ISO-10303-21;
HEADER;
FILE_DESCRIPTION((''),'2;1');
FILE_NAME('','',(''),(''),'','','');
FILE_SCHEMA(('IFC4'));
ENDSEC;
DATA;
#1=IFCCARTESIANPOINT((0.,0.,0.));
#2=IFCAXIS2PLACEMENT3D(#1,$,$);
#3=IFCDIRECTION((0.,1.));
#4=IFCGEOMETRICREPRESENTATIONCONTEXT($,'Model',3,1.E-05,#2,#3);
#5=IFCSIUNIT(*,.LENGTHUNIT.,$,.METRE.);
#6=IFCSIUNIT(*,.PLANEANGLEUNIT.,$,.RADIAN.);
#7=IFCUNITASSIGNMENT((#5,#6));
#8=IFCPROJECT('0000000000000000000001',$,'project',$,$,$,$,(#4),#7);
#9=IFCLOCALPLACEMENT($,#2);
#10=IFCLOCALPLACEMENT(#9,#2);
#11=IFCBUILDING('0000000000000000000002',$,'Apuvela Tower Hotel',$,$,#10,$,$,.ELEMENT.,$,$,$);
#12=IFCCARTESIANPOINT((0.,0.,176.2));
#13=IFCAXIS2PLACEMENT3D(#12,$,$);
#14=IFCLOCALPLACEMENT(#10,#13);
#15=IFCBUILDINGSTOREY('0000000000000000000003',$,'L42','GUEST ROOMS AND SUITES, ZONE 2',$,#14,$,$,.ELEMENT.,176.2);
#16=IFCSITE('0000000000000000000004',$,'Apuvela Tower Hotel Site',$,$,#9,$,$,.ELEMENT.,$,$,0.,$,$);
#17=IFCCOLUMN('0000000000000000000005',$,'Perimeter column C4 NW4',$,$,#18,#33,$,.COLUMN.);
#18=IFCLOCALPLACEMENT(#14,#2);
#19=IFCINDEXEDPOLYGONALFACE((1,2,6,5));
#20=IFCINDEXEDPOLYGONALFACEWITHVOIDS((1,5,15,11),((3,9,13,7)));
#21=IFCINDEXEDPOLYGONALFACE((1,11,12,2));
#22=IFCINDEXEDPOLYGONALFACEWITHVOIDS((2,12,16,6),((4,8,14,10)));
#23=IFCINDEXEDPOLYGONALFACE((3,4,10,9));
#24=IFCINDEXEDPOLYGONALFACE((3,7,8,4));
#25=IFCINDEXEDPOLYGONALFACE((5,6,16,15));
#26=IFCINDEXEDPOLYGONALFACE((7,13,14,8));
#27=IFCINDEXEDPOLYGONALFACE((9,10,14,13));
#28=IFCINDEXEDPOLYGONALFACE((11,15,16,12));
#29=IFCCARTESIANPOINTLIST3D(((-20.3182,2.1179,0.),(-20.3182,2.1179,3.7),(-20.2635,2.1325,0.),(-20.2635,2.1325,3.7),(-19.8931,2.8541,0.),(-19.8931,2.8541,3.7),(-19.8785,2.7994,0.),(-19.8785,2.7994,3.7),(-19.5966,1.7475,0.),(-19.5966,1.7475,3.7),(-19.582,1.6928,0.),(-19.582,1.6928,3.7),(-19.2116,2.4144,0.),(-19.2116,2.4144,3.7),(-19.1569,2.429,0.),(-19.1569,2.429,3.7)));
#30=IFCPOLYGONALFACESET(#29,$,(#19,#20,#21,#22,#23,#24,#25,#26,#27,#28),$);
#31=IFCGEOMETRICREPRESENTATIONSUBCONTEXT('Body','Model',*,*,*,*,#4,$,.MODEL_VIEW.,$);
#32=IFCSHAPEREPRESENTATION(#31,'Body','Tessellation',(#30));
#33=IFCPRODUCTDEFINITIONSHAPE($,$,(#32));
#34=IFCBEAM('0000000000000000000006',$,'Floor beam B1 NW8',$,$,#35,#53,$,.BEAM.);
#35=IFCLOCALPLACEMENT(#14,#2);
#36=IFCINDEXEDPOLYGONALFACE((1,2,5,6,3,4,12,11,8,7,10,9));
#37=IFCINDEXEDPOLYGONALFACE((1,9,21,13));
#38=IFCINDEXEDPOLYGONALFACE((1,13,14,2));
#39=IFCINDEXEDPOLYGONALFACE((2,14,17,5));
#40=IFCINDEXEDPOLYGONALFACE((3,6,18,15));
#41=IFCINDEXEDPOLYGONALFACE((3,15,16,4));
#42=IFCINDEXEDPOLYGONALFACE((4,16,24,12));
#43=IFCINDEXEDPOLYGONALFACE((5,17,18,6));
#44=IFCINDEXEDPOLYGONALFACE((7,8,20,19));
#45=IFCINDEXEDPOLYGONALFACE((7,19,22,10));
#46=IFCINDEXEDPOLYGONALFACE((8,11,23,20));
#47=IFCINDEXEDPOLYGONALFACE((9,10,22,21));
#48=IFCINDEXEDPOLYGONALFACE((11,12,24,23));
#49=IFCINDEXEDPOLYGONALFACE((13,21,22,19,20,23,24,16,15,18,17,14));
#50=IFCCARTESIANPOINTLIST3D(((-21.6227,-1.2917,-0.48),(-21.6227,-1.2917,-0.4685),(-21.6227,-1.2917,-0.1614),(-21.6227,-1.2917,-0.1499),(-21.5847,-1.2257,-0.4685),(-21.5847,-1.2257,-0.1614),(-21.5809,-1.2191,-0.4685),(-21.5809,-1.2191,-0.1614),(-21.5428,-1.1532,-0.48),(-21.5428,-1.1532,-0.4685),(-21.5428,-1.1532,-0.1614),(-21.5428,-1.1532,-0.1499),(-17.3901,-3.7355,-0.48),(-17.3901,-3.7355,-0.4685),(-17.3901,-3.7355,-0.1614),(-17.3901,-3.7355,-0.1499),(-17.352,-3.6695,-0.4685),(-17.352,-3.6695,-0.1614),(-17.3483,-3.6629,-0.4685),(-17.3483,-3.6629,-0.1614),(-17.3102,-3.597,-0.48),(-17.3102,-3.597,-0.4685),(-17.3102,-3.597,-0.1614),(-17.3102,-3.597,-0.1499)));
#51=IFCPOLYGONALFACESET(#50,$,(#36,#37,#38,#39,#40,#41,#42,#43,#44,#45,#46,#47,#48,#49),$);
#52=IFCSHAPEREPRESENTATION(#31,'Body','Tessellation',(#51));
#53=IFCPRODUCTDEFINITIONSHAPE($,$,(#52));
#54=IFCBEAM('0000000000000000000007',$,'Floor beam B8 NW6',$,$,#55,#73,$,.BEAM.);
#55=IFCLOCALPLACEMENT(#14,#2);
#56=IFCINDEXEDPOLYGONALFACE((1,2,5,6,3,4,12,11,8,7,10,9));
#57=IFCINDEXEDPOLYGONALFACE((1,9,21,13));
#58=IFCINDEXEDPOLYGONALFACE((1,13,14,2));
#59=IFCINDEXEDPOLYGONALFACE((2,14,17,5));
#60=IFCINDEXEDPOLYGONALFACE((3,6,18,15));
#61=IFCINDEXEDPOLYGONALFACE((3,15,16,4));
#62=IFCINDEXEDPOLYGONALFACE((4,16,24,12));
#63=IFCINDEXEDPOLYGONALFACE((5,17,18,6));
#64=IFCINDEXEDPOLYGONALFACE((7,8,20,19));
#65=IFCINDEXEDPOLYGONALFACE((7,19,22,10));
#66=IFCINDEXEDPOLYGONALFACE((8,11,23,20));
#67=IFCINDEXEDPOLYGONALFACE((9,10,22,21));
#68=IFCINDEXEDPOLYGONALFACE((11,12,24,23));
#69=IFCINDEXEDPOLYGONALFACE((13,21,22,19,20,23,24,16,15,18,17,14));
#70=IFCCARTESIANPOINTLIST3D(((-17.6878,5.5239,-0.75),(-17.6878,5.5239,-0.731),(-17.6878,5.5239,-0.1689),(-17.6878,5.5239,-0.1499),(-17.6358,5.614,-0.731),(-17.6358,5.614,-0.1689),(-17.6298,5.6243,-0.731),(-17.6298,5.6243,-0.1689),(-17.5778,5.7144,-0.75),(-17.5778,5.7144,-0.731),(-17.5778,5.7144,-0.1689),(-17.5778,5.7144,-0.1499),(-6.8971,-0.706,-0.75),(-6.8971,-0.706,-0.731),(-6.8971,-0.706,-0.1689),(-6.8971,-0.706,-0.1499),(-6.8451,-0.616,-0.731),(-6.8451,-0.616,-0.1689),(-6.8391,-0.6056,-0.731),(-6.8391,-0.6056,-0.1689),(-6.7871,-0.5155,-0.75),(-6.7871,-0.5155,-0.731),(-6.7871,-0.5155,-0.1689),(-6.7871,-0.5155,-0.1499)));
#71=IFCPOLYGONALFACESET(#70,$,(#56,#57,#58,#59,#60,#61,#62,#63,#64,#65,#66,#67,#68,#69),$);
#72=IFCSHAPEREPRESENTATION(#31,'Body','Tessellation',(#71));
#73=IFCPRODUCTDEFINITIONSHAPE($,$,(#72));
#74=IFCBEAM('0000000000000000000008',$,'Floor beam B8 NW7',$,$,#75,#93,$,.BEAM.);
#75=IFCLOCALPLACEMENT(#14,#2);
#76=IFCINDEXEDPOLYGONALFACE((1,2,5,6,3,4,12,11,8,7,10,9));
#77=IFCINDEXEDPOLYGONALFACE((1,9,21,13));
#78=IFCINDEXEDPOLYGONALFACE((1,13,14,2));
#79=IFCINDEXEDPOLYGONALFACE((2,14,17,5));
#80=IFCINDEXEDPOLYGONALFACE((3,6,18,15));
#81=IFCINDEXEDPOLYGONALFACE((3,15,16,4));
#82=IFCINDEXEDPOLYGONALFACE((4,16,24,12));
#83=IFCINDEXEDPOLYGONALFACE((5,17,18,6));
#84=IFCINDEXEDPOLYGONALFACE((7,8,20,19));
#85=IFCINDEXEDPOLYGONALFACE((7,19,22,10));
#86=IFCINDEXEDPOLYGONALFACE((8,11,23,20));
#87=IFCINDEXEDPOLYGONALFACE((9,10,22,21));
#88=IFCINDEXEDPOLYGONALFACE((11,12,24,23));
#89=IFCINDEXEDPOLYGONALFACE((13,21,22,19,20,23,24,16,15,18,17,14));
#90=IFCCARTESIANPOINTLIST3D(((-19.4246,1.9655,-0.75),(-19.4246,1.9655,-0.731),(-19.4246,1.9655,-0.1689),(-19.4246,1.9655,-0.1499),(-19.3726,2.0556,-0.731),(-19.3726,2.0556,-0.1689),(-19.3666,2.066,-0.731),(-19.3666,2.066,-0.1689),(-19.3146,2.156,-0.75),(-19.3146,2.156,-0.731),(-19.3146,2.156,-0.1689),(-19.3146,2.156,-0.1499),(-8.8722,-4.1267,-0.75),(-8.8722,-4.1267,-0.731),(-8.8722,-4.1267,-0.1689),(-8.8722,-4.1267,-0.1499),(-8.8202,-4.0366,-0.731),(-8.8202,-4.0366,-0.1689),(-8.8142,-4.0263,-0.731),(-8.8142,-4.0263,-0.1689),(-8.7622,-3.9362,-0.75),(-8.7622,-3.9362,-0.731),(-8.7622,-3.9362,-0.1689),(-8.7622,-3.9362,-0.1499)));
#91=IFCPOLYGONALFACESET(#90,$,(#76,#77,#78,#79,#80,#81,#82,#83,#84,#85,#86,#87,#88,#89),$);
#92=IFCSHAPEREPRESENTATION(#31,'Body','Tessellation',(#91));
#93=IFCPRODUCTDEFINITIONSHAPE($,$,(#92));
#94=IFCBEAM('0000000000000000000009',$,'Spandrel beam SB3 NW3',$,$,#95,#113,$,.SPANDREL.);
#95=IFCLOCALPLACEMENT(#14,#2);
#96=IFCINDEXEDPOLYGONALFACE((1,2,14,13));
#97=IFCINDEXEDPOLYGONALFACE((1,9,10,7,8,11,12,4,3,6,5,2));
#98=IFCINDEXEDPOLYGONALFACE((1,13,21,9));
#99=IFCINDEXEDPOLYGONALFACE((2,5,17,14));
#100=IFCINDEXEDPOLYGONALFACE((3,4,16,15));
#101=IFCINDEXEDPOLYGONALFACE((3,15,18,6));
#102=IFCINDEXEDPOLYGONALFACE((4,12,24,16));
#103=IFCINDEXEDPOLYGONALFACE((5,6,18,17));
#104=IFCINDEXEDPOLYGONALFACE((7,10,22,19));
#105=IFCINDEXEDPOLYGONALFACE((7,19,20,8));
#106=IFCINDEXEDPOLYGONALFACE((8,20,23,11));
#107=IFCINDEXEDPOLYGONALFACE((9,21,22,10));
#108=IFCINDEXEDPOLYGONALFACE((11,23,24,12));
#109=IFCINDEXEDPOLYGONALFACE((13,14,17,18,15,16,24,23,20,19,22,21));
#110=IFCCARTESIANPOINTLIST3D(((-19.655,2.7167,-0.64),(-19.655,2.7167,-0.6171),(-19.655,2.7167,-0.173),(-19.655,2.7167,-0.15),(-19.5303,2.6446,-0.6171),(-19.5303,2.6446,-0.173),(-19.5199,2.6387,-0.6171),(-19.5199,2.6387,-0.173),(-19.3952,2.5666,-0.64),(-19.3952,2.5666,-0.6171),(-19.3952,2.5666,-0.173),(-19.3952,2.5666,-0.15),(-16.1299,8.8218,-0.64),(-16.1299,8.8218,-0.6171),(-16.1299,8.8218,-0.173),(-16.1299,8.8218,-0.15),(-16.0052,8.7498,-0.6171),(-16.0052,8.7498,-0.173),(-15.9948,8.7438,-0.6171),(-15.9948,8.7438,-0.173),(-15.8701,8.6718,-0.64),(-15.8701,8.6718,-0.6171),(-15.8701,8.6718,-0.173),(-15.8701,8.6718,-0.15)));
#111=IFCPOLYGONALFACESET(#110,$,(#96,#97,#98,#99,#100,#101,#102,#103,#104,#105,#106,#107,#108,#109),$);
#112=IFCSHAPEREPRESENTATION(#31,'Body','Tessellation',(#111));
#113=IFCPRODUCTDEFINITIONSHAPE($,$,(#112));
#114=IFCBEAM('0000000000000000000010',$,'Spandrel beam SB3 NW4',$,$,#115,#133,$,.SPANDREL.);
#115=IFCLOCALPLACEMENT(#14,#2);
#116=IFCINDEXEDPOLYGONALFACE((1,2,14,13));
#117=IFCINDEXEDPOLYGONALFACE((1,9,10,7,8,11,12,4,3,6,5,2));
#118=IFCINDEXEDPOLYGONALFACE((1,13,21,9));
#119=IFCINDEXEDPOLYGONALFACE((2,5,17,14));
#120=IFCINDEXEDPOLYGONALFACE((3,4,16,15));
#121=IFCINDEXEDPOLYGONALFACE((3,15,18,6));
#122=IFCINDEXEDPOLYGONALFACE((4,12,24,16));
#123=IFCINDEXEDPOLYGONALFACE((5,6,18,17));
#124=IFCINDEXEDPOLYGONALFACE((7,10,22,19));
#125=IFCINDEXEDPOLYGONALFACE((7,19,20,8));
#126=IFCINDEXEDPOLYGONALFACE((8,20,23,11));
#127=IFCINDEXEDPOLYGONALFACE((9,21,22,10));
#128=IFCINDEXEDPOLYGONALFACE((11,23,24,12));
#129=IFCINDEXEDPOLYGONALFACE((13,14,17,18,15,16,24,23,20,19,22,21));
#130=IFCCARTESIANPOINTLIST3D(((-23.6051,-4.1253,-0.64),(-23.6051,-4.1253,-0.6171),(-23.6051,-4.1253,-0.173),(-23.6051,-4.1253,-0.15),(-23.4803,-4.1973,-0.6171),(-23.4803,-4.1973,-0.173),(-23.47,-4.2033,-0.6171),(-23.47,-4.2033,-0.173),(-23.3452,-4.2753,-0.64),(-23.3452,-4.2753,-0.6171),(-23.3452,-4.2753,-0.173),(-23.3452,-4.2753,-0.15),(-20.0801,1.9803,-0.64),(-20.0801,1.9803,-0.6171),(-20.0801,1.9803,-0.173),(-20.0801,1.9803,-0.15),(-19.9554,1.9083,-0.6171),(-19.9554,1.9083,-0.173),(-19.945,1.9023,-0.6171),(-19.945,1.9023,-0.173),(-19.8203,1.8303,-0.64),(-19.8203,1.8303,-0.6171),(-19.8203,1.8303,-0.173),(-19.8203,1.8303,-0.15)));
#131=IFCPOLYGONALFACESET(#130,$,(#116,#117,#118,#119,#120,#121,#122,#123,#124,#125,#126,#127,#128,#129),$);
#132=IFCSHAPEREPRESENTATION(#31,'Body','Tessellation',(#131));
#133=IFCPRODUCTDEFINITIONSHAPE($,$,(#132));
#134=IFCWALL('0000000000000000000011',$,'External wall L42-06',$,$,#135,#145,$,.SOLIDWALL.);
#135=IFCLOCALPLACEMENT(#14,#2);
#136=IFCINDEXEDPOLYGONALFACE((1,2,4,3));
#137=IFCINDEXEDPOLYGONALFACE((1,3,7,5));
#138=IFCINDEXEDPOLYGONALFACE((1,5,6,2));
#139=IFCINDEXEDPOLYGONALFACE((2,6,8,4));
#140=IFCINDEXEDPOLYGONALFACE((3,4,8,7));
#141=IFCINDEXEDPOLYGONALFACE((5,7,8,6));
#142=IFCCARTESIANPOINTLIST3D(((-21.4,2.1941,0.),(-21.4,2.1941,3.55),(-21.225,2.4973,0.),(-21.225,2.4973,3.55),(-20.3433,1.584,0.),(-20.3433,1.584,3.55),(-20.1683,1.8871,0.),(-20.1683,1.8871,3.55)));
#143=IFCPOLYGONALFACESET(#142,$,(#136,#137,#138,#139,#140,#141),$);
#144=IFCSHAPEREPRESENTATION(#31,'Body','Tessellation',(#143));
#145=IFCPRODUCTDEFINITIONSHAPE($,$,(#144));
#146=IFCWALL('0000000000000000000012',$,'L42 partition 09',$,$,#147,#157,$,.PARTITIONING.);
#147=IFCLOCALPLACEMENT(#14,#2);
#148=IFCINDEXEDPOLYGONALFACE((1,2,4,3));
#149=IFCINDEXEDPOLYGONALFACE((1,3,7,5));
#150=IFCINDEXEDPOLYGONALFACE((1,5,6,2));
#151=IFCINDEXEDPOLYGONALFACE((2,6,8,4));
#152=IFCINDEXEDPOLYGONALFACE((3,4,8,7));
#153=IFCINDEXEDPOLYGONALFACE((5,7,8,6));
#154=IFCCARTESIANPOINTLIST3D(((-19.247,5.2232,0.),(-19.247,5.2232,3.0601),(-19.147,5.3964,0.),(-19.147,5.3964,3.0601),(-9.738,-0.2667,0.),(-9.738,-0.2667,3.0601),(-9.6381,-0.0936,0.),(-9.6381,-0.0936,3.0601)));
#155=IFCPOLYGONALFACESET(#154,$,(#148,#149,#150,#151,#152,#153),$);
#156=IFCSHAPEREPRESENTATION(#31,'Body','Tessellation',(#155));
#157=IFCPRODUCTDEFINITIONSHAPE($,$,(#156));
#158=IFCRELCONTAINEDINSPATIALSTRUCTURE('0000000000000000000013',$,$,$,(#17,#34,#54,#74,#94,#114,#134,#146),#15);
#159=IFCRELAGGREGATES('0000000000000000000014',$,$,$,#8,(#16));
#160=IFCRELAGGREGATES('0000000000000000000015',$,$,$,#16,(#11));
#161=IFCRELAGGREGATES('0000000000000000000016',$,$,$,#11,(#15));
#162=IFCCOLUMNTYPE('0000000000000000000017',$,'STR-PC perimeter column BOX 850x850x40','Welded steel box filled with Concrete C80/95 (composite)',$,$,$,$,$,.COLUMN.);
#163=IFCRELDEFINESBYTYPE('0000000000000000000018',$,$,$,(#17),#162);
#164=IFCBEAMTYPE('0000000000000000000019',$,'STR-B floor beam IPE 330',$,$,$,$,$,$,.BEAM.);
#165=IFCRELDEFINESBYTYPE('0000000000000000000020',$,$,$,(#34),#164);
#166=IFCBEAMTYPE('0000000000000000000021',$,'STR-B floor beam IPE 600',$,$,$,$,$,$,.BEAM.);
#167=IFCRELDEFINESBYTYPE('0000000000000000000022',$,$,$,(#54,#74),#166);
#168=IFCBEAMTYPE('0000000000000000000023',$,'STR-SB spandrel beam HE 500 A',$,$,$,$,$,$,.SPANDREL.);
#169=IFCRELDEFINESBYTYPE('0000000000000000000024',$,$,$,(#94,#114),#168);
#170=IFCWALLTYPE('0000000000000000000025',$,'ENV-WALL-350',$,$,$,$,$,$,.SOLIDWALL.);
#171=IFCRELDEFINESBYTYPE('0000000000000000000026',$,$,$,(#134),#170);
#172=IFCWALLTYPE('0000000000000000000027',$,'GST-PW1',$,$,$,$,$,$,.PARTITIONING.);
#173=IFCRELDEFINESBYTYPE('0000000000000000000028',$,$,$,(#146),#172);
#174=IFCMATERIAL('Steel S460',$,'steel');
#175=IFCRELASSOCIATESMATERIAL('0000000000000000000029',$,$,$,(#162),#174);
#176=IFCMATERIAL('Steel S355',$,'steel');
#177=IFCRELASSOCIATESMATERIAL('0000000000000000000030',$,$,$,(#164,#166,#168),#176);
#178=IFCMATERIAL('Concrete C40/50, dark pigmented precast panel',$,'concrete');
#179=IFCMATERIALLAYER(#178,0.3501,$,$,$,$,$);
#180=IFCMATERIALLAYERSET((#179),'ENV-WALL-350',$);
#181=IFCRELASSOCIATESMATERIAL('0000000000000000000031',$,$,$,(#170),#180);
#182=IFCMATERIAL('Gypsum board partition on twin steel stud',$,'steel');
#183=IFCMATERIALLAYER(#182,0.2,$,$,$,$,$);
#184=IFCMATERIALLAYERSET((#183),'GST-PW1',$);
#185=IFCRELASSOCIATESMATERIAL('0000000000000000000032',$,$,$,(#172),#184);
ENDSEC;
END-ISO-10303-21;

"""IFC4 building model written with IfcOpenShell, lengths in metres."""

from ifc_helpers import new_model, si_unit, direction, frame, frame_2d, origin, origin_2d, place, context, subcontext, project, spatial, rectangle, hollow_rectangle, i_section, extrude, material, layer, layer_set, material_profile, profile_set, type_object, element, save


model = new_model("IFC4")

# Units and contexts
model_context = context("Model", 3, precision=1e-05, world=origin(), true_north=direction((0.0, 1.0)))
body_context = subcontext(model_context, "Body", "Model", "MODEL_VIEW")
ifc_project = project(units=[si_unit("LENGTHUNIT", "METRE"), si_unit("PLANEANGLEUNIT", "RADIAN")], contexts=[model_context])

# Site, building, storey
site_placement = place(None, origin())
site = spatial("IfcSite", under=ifc_project, at=site_placement, Name="Apuvela Tower Hotel Site", CompositionType="ELEMENT", RefElevation=0.0)
building_placement = place(site_placement, origin())
building = spatial("IfcBuilding", under=site, at=building_placement, Name="Apuvela Tower Hotel", CompositionType="ELEMENT")
storey_placement = place(building_placement, frame((0.0, 0.0, 176.2)))
storey = spatial("IfcBuildingStorey", under=building, at=storey_placement, Name="L42", Description="GUEST ROOMS AND SUITES, ZONE 2", CompositionType="ELEMENT", Elevation=176.2)

# Column
ifc_material_1 = material(Name="Steel S460", Category="steel")
ifc_material_profile_1 = material_profile(ifc_material_1, hollow_rectangle(XDim=0.8501, YDim=0.8501, WallThickness=0.04, at=origin_2d()), Name="BOX 850x850x40")
ifc_material_2 = material(Name="Concrete C80/95", Category="concrete")
ifc_material_profile_2 = material_profile(ifc_material_2, rectangle(XDim=0.77, YDim=0.77, at=origin_2d()), Name="Concrete C80/95 infill")
ifc_profile_set_1 = profile_set([ifc_material_profile_1, ifc_material_profile_2], Name="Steel S460")
column_type = type_object("IfcColumnType", Name="STR-PC perimeter column BOX 850x850x40", Description="Welded steel box filled with Concrete C80/95 (composite)", PredefinedType="COLUMN", material=ifc_profile_set_1)
column_placement = place(storey_placement, frame((-19.7375, 2.2734, 0.0), z_axis=(0.0, 0.0, 1.0), x_axis=(0.5, 0.866025, 0.0)))
element("IfcColumn", 1, at=column_placement, inside=storey, type_object=column_type, Name="Perimeter column C4 NW4", PredefinedType="COLUMN", context=body_context, shape_type="SweptSolid", body=[
    extrude(hollow_rectangle(XDim=0.8501, YDim=0.8501, WallThickness=0.04, at=origin_2d()), origin(), (0.0, 0.0, 1.0), 3.7),
])

# Beams
ifc_material_3 = material(Name="Steel S355", Category="steel")
ifc_material_profile_3 = material_profile(ifc_material_3, i_section(OverallWidth=0.1599, OverallDepth=0.3301, WebThickness=0.0076, FlangeThickness=0.0115, at=origin_2d()), Name="IPE 330")
ifc_profile_set_2 = profile_set([ifc_material_profile_3], Name="Steel S355")
beam_type_1 = type_object("IfcBeamType", Name="STR-B floor beam IPE 330", PredefinedType="BEAM", material=ifc_profile_set_2)
beam_1_placement = place(storey_placement, frame((-21.5828, -1.2224, -0.3149), z_axis=(0.866015, -0.500018, 0.0), x_axis=(0.500018, 0.866015, 0.0)))
element("IfcBeam", 2, at=beam_1_placement, inside=storey, type_object=beam_type_1, Name="Floor beam B1 NW8", PredefinedType="BEAM", context=body_context, shape_type="SweptSolid", body=[
    extrude(i_section(OverallWidth=0.1599, OverallDepth=0.3301, WebThickness=0.0076, FlangeThickness=0.0115, at=origin_2d()), origin(), (0.0, 0.0, 1.0), 4.8875),
])
ifc_material_profile_4 = material_profile(ifc_material_3, i_section(OverallWidth=0.22, OverallDepth=0.6001, WebThickness=0.012, FlangeThickness=0.019, at=origin_2d()), Name="IPE 600")
ifc_profile_set_3 = profile_set([ifc_material_profile_4], Name="Steel S355")
beam_type_2 = type_object("IfcBeamType", Name="STR-B floor beam IPE 600", PredefinedType="BEAM", material=ifc_profile_set_3)
beam_2_placement = place(storey_placement, frame((-17.6328, 5.6191, -0.45), z_axis=(0.866028, -0.499996, 0.0), x_axis=(0.499996, 0.866028, 0.0)))
element("IfcBeam", 3, at=beam_2_placement, inside=storey, type_object=beam_type_2, Name="Floor beam B8 NW6", PredefinedType="BEAM", context=body_context, shape_type="SweptSolid", body=[
    extrude(i_section(OverallWidth=0.22, OverallDepth=0.6001, WebThickness=0.012, FlangeThickness=0.019, at=origin_2d()), origin(), (0.0, 0.0, 1.0), 12.46),
])
beam_3_placement = place(storey_placement, frame((-19.3696, 2.0608, -0.45), z_axis=(0.866032, -0.499988, 0.0), x_axis=(0.499988, 0.866032, 0.0)))
element("IfcBeam", 4, at=beam_3_placement, inside=storey, type_object=beam_type_2, Name="Floor beam B8 NW7", PredefinedType="BEAM", context=body_context, shape_type="SweptSolid", body=[
    extrude(i_section(OverallWidth=0.22, OverallDepth=0.6001, WebThickness=0.012, FlangeThickness=0.019, at=origin_2d()), origin(), (0.0, 0.0, 1.0), 12.1848),
])
ifc_material_profile_5 = material_profile(ifc_material_3, i_section(OverallWidth=0.3, OverallDepth=0.49, WebThickness=0.012, FlangeThickness=0.0229, at=origin_2d()), Name="HE 500 A")
ifc_profile_set_4 = profile_set([ifc_material_profile_5], Name="Steel S355")
beam_type_3 = type_object("IfcBeamType", Name="STR-SB spandrel beam HE 500 A", PredefinedType="SPANDREL", material=ifc_profile_set_4)
beam_4_placement = place(storey_placement, frame((-16.0, 8.7468, -0.395), z_axis=(-0.500031, -0.866007, 0.0), x_axis=(0.866007, -0.500031, 0.0)))
element("IfcBeam", 5, at=beam_4_placement, inside=storey, type_object=beam_type_3, Name="Spandrel beam SB3 NW3", PredefinedType="SPANDREL", context=body_context, shape_type="SweptSolid", body=[
    extrude(i_section(OverallWidth=0.3, OverallDepth=0.49, WebThickness=0.012, FlangeThickness=0.0229, at=origin_2d()), origin(), (0.0, 0.0, 1.0), 7.0498),
])
beam_5_placement = place(storey_placement, frame((-19.9502, 1.9053, -0.395), z_axis=(-0.49999, -0.866031, 0.0), x_axis=(0.866031, -0.49999, 0.0)))
element("IfcBeam", 6, at=beam_5_placement, inside=storey, type_object=beam_type_3, Name="Spandrel beam SB3 NW4", PredefinedType="SPANDREL", context=body_context, shape_type="SweptSolid", body=[
    extrude(i_section(OverallWidth=0.3, OverallDepth=0.49, WebThickness=0.012, FlangeThickness=0.0229, at=origin_2d()), origin(), (0.0, 0.0, 1.0), 7.05),
])

# Shared definitions
ifc_material_4 = material(Name="Concrete C40/50, dark pigmented precast panel", Category="concrete")
ifc_layer_1 = layer(ifc_material_4, 0.3501)
ifc_layer_set_1 = layer_set([ifc_layer_1], Name="ENV-WALL-350")
wall_type_1 = type_object("IfcWallType", Name="ENV-WALL-350", PredefinedType="SOLIDWALL", material=ifc_layer_set_1)

# Wall
wall_1_placement = place(storey_placement, frame((-21.3125, 2.3457, 0.0), z_axis=(0.0, 0.0, 1.0), x_axis=(0.866006, -0.500034, 0.0)))
element("IfcWall", 7, at=wall_1_placement, inside=storey, type_object=wall_type_1, Name="External wall L42-06", PredefinedType="SOLIDWALL", context=body_context, shape_type="SweptSolid", body=[
    extrude(rectangle(XDim=1.2202, YDim=0.3501, at=frame_2d((0.6101, 0.0))), origin(), (0.0, 0.0, 1.0), 3.55),
])

# Wall
ifc_material_5 = material(Name="Gypsum board partition on twin steel stud", Category="steel")
ifc_layer_2 = layer(ifc_material_5, 0.2)
ifc_layer_set_2 = layer_set([ifc_layer_2], Name="GST-PW1")
wall_type_2 = type_object("IfcWallType", Name="GST-PW1", PredefinedType="PARTITIONING", material=ifc_layer_set_2)
wall_2_placement = place(storey_placement, frame((-19.197, 5.3098, 0.0), z_axis=(0.0, 0.0, 1.0), x_axis=(0.866027, -0.499996, 0.0)))
element("IfcWall", 8, at=wall_2_placement, inside=storey, type_object=wall_type_2, Name="L42 partition 09", PredefinedType="PARTITIONING", context=body_context, shape_type="SweptSolid", body=[
    extrude(rectangle(XDim=10.98, YDim=0.2, at=frame_2d((5.49, 0.0))), origin(), (0.0, 0.0, 1.0), 3.0601),
])

save(model, "model.ifc")
